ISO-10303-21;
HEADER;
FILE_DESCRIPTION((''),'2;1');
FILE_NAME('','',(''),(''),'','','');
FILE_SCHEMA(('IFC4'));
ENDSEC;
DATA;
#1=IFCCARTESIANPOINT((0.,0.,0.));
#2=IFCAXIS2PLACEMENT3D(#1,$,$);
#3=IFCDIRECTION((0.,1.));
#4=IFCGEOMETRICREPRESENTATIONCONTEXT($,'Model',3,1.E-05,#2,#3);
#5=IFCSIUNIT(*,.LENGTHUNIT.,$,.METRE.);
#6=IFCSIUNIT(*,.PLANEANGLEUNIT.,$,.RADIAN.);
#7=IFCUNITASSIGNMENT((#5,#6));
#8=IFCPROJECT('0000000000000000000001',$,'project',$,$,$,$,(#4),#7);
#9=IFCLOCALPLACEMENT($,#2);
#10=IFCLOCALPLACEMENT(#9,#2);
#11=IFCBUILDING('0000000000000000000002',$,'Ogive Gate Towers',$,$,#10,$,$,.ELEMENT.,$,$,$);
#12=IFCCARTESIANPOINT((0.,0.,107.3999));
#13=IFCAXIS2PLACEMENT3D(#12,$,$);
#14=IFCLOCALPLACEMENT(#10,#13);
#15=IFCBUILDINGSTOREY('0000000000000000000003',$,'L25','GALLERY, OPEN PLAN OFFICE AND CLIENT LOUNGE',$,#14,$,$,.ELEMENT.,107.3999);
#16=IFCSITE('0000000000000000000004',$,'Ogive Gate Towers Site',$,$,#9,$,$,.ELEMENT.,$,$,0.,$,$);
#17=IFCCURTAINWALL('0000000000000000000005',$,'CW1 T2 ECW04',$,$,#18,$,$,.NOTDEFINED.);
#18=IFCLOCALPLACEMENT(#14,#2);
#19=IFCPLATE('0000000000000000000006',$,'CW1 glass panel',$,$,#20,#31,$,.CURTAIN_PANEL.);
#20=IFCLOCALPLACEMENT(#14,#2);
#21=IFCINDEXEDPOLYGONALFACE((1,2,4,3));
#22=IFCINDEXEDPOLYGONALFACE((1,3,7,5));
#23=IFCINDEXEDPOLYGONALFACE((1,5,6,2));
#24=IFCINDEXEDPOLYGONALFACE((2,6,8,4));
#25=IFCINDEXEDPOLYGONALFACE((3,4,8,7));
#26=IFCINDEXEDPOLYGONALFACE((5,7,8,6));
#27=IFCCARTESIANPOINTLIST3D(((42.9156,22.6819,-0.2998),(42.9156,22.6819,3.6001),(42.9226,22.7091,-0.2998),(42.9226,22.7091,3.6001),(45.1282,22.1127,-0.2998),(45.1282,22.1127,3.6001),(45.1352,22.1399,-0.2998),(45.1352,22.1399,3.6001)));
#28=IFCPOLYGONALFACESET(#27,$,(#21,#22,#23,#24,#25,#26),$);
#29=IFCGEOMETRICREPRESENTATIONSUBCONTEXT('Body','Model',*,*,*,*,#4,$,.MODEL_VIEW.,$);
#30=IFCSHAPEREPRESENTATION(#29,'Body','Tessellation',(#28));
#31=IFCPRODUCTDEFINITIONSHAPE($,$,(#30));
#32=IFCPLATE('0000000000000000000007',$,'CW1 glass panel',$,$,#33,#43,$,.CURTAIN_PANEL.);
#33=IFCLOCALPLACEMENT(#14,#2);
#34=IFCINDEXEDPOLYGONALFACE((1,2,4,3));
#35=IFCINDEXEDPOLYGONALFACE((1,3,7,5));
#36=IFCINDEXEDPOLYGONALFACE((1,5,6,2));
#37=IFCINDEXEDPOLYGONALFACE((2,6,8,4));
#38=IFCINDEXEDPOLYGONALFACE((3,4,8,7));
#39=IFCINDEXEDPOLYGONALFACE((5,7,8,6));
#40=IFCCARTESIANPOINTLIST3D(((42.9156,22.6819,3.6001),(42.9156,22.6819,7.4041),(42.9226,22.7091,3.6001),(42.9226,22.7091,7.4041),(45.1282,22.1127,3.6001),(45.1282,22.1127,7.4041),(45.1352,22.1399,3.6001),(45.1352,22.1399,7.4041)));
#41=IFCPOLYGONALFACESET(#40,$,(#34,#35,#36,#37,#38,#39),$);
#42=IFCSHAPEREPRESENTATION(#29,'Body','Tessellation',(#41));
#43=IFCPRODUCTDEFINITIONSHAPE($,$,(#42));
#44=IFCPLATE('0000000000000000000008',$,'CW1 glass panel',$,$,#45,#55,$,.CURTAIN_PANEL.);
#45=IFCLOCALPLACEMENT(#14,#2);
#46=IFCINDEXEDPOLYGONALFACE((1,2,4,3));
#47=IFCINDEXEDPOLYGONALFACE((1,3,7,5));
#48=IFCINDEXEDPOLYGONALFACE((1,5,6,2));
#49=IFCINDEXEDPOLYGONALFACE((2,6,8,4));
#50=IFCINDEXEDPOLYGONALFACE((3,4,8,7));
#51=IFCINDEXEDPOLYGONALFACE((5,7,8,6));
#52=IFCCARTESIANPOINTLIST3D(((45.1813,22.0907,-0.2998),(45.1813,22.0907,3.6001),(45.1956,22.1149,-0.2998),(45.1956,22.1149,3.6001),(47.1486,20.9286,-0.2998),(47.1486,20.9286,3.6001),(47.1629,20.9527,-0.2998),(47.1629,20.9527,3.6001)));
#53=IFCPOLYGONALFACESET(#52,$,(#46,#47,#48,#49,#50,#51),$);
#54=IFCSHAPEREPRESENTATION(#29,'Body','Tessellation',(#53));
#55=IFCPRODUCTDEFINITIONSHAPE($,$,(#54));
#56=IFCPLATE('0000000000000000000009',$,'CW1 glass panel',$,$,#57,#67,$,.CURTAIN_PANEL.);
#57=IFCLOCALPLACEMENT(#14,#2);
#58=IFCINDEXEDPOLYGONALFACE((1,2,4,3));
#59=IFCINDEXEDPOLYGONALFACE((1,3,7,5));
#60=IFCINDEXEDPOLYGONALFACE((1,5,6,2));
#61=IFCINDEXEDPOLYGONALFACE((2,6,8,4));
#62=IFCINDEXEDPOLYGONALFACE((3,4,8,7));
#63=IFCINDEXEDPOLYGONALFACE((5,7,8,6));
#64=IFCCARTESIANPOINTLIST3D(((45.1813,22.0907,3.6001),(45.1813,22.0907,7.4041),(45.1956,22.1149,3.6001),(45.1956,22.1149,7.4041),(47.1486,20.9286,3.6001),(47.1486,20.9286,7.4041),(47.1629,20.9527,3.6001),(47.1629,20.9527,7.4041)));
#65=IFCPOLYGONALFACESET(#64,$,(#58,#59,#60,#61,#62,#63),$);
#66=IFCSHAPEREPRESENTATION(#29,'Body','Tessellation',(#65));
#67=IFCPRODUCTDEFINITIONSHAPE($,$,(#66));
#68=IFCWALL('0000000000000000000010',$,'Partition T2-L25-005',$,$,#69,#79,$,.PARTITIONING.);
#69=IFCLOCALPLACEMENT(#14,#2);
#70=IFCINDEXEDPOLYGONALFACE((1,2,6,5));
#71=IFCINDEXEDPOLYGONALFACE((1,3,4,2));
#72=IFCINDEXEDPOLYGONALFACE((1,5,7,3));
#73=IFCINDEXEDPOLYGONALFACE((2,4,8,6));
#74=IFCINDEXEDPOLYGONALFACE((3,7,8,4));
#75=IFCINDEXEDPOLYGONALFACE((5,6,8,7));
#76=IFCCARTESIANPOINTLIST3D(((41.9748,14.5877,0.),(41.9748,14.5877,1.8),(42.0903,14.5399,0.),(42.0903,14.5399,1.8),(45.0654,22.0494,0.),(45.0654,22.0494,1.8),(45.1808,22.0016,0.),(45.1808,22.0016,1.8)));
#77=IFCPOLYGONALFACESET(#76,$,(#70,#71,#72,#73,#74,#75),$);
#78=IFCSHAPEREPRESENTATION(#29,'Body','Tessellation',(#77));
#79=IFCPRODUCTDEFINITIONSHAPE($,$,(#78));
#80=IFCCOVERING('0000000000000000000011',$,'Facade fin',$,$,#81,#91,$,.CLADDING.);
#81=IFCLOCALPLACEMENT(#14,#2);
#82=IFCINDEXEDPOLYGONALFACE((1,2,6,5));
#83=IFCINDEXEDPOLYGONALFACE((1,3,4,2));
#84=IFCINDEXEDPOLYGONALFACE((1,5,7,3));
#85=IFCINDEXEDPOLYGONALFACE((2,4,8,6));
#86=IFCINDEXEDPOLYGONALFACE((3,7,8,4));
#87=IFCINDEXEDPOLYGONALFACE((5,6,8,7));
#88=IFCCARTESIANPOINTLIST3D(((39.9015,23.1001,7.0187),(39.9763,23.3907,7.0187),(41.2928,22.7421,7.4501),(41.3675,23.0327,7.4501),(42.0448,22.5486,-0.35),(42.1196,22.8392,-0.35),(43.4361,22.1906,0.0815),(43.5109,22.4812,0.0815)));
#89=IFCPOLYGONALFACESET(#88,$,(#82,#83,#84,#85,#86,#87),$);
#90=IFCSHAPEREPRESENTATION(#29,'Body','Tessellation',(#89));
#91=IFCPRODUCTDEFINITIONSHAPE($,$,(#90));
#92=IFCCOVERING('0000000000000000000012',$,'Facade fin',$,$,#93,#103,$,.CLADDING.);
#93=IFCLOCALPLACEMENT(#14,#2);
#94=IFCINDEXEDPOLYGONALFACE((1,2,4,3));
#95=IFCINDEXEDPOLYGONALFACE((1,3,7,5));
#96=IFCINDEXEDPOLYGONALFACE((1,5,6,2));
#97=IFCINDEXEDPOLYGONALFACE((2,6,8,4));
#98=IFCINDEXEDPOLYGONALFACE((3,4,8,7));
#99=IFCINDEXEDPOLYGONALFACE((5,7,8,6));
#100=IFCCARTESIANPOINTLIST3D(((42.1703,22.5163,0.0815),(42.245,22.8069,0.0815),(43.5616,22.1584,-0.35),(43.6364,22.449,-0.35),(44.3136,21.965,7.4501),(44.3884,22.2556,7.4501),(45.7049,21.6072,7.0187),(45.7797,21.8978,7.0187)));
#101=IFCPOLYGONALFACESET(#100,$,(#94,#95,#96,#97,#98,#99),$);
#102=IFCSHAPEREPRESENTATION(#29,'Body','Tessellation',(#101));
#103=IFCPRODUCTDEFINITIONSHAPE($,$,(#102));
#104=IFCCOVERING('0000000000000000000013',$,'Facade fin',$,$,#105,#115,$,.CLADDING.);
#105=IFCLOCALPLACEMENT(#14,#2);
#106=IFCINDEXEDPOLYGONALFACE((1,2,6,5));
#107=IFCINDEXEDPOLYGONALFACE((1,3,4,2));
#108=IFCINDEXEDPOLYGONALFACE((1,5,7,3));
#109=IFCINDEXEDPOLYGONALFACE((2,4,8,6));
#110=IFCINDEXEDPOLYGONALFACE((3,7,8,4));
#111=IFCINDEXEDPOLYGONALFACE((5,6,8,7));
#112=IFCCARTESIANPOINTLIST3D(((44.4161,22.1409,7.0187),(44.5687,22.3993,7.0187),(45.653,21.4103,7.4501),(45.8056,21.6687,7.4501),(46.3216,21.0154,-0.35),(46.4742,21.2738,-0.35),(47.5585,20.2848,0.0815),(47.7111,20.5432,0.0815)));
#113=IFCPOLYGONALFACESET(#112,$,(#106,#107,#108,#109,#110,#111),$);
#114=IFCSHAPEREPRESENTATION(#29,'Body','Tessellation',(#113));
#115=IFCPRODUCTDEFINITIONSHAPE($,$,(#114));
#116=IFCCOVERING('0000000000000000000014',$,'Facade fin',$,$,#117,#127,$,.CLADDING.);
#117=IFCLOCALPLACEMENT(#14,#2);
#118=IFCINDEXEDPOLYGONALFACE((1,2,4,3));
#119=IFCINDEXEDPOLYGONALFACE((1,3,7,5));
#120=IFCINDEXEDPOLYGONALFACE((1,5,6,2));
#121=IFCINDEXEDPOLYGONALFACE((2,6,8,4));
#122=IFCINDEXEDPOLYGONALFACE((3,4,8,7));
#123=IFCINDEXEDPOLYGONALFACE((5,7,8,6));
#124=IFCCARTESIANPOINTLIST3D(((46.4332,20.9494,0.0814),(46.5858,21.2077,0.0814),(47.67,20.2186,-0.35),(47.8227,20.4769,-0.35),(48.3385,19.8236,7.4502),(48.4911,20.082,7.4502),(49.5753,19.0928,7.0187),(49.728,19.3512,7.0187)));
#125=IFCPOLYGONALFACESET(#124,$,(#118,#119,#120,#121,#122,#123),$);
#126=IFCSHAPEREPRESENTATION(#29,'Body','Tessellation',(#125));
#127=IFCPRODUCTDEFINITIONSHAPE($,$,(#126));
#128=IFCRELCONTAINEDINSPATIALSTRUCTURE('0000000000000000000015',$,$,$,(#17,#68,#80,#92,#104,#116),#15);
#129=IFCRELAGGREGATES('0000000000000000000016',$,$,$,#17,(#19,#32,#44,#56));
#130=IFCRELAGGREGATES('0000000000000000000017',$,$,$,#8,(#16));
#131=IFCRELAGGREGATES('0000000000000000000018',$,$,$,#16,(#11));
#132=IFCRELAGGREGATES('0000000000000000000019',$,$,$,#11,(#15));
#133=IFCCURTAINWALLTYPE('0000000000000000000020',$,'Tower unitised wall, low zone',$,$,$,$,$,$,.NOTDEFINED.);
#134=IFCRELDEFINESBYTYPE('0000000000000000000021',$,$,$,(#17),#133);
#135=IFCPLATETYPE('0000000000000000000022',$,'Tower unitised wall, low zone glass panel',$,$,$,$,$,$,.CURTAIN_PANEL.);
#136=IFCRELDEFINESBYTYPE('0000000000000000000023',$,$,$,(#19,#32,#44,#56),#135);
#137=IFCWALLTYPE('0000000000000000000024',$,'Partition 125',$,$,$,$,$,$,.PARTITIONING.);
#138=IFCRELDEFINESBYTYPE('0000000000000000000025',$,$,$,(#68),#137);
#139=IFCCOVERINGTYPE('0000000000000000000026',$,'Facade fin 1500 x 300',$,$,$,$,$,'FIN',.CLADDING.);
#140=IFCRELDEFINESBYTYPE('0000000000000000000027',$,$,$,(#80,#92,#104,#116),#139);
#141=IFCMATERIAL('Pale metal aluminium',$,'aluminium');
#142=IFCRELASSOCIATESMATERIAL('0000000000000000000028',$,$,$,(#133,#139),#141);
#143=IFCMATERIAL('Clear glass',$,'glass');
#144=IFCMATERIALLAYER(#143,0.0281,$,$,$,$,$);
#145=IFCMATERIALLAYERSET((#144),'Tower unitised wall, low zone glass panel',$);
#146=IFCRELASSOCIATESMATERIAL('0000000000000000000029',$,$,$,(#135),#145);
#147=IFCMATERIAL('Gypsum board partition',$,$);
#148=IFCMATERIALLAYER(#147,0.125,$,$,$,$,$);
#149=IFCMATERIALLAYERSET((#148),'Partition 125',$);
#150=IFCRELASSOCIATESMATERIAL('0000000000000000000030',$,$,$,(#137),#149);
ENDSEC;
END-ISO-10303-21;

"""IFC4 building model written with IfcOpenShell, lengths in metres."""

from ifc_helpers import new_model, si_unit, direction, frame, frame_2d, origin, origin_2d, place, context, subcontext, project, spatial, rectangle, extrude, material, layer, layer_set, material_profile, profile_set, type_object, element, aggregate, save


model = new_model("IFC4")

# Units and contexts
model_context = context("Model", 3, precision=1e-05, world=origin(), true_north=direction((0.0, 1.0)))
body_context = subcontext(model_context, "Body", "Model", "MODEL_VIEW")
ifc_project = project(units=[si_unit("LENGTHUNIT", "METRE"), si_unit("PLANEANGLEUNIT", "RADIAN")], contexts=[model_context])

# Site, building, storey
site_placement = place(None, origin())
site = spatial("IfcSite", under=ifc_project, at=site_placement, Name="Ogive Gate Towers Site", CompositionType="ELEMENT", RefElevation=0.0)
building_placement = place(site_placement, origin())
building = spatial("IfcBuilding", under=site, at=building_placement, Name="Ogive Gate Towers", CompositionType="ELEMENT")
storey_placement = place(building_placement, frame((0.0, 0.0, 107.3999)))
storey = spatial("IfcBuildingStorey", under=building, at=storey_placement, Name="L25", Description="GALLERY, OPEN PLAN OFFICE AND CLIENT LOUNGE", CompositionType="ELEMENT", Elevation=107.3999)

# Curtain wall, plates
ifc_material_1 = material(Name="Pale metal aluminium", Category="aluminium")
curtain_wall_type = type_object("IfcCurtainWallType", Name="Tower unitised wall, low zone", PredefinedType="NOTDEFINED", material=ifc_material_1)
curtain_wall_placement = place(storey_placement, origin())
curtain_wall = element("IfcCurtainWall", 1, at=curtain_wall_placement, inside=storey, type_object=curtain_wall_type, Name="CW1 T2 ECW04", PredefinedType="NOTDEFINED")
ifc_material_2 = material(Name="Clear glass", Category="glass")
ifc_layer_1 = layer(ifc_material_2, 0.0281)
ifc_layer_set_1 = layer_set([ifc_layer_1], Name="Tower unitised wall, low zone glass panel")
plate_type = type_object("IfcPlateType", Name="Tower unitised wall, low zone glass panel", PredefinedType="CURTAIN_PANEL", material=ifc_layer_set_1)
plate_1_placement = place(storey_placement, frame((44.0254, 22.4109, -0.2998), z_axis=(0.0, 0.0, 1.0), x_axis=(0.968475, -0.249112, 0.0)))
plate_1 = element("IfcPlate", 2, at=plate_1_placement, type_object=plate_type, Name="CW1 glass panel", PredefinedType="CURTAIN_PANEL", context=body_context, shape_type="SweptSolid", body=[
    extrude(rectangle(XDim=2.2847, YDim=0.0281, at=origin_2d()), origin(), (0.0, 0.0, 1.0), 3.8999),
])
plate_2_placement = place(storey_placement, frame((44.0254, 22.4109, 3.6001), z_axis=(0.0, 0.0, 1.0), x_axis=(0.968475, -0.249112, 0.0)))
plate_2 = element("IfcPlate", 3, at=plate_2_placement, type_object=plate_type, Name="CW1 glass panel", PredefinedType="CURTAIN_PANEL", context=body_context, shape_type="SweptSolid", body=[
    extrude(rectangle(XDim=2.2847, YDim=0.0281, at=origin_2d()), origin(), (0.0, 0.0, 1.0), 3.804),
])
plate_3_placement = place(storey_placement, frame((46.1721, 21.5217, -0.2998), z_axis=(0.0, 0.0, 1.0), x_axis=(0.860991, -0.508621, 0.0)))
plate_3 = element("IfcPlate", 4, at=plate_3_placement, type_object=plate_type, Name="CW1 glass panel", PredefinedType="CURTAIN_PANEL", context=body_context, shape_type="SweptSolid", body=[
    extrude(rectangle(XDim=2.2849, YDim=0.0281, at=origin_2d()), origin(), (0.0, 0.0, 1.0), 3.8999),
])
plate_4_placement = place(storey_placement, frame((46.1721, 21.5217, 3.6001), z_axis=(0.0, 0.0, 1.0), x_axis=(0.860991, -0.508621, 0.0)))
plate_4 = element("IfcPlate", 5, at=plate_4_placement, type_object=plate_type, Name="CW1 glass panel", PredefinedType="CURTAIN_PANEL", context=body_context, shape_type="SweptSolid", body=[
    extrude(rectangle(XDim=2.2849, YDim=0.0281, at=origin_2d()), origin(), (0.0, 0.0, 1.0), 3.804),
])
aggregate(curtain_wall, [plate_1, plate_2, plate_3, plate_4])

# Wall
ifc_material_3 = material(Name="Gypsum board partition")
ifc_layer_2 = layer(ifc_material_3, 0.125)
ifc_layer_set_2 = layer_set([ifc_layer_2], Name="Partition 125")
wall_type = type_object("IfcWallType", Name="Partition 125", PredefinedType="PARTITIONING", material=ifc_layer_set_2)
wall_placement = place(storey_placement, frame((45.123, 22.0254, 0.0), z_axis=(0.0, 0.0, 1.0), x_axis=(-0.382668, -0.923886, 0.0)))
element("IfcWall", 6, at=wall_placement, inside=storey, type_object=wall_type, Name="Partition T2-L25-005", PredefinedType="PARTITIONING", context=body_context, shape_type="SweptSolid", body=[
    extrude(rectangle(XDim=8.0764, YDim=0.125, at=frame_2d((4.0381, 0.0))), origin(), (0.0, 0.0, 1.0), 1.8),
])

# Coverings
ifc_material_profile_1 = material_profile(ifc_material_1, rectangle(XDim=0.3, YDim=1.5, at=origin_2d()), Name="1500 x 300 pale metal aluminium")
ifc_profile_set_1 = profile_set([ifc_material_profile_1], Name="Pale metal aluminium")
covering_type = type_object("IfcCoveringType", Name="Facade fin 1500 x 300", ElementType="FIN", PredefinedType="CLADDING", material=ifc_profile_set_1)
for number, where, z_axis, x_axis, name in (
    (7, (42.7778, 22.5149, -0.1343), (-0.278575, 0.071683, 0.957736), (-0.249201, -0.968452, 0.0), "Facade fin"),
    (8, (42.9033, 22.4827, -0.1343), (0.278576, -0.071651, 0.957738), (0.249097, 0.968478, 0.0), "Facade fin"),
    (9, (47.0164, 20.7793, -0.1343), (-0.247669, 0.146285, 0.957737), (-0.508562, -0.861025, 0.0), "Facade fin"),
    (10, (47.1279, 20.7131, -0.1343), (0.247638, -0.146317, 0.95774), (0.508692, 0.860948, 0.0), "Facade fin"),
):
    element("IfcCovering", number, at=place(storey_placement, frame(where, z_axis=z_axis, x_axis=x_axis)), inside=storey, type_object=covering_type, Name=name, PredefinedType="CLADDING", context=body_context, shape_type="SweptSolid", body=[
        extrude(rectangle(XDim=0.3, YDim=1.5, at=origin_2d()), origin(), (0.0, 0.0, 1.0), 7.6938),
    ])

save(model, "model.ifc")
